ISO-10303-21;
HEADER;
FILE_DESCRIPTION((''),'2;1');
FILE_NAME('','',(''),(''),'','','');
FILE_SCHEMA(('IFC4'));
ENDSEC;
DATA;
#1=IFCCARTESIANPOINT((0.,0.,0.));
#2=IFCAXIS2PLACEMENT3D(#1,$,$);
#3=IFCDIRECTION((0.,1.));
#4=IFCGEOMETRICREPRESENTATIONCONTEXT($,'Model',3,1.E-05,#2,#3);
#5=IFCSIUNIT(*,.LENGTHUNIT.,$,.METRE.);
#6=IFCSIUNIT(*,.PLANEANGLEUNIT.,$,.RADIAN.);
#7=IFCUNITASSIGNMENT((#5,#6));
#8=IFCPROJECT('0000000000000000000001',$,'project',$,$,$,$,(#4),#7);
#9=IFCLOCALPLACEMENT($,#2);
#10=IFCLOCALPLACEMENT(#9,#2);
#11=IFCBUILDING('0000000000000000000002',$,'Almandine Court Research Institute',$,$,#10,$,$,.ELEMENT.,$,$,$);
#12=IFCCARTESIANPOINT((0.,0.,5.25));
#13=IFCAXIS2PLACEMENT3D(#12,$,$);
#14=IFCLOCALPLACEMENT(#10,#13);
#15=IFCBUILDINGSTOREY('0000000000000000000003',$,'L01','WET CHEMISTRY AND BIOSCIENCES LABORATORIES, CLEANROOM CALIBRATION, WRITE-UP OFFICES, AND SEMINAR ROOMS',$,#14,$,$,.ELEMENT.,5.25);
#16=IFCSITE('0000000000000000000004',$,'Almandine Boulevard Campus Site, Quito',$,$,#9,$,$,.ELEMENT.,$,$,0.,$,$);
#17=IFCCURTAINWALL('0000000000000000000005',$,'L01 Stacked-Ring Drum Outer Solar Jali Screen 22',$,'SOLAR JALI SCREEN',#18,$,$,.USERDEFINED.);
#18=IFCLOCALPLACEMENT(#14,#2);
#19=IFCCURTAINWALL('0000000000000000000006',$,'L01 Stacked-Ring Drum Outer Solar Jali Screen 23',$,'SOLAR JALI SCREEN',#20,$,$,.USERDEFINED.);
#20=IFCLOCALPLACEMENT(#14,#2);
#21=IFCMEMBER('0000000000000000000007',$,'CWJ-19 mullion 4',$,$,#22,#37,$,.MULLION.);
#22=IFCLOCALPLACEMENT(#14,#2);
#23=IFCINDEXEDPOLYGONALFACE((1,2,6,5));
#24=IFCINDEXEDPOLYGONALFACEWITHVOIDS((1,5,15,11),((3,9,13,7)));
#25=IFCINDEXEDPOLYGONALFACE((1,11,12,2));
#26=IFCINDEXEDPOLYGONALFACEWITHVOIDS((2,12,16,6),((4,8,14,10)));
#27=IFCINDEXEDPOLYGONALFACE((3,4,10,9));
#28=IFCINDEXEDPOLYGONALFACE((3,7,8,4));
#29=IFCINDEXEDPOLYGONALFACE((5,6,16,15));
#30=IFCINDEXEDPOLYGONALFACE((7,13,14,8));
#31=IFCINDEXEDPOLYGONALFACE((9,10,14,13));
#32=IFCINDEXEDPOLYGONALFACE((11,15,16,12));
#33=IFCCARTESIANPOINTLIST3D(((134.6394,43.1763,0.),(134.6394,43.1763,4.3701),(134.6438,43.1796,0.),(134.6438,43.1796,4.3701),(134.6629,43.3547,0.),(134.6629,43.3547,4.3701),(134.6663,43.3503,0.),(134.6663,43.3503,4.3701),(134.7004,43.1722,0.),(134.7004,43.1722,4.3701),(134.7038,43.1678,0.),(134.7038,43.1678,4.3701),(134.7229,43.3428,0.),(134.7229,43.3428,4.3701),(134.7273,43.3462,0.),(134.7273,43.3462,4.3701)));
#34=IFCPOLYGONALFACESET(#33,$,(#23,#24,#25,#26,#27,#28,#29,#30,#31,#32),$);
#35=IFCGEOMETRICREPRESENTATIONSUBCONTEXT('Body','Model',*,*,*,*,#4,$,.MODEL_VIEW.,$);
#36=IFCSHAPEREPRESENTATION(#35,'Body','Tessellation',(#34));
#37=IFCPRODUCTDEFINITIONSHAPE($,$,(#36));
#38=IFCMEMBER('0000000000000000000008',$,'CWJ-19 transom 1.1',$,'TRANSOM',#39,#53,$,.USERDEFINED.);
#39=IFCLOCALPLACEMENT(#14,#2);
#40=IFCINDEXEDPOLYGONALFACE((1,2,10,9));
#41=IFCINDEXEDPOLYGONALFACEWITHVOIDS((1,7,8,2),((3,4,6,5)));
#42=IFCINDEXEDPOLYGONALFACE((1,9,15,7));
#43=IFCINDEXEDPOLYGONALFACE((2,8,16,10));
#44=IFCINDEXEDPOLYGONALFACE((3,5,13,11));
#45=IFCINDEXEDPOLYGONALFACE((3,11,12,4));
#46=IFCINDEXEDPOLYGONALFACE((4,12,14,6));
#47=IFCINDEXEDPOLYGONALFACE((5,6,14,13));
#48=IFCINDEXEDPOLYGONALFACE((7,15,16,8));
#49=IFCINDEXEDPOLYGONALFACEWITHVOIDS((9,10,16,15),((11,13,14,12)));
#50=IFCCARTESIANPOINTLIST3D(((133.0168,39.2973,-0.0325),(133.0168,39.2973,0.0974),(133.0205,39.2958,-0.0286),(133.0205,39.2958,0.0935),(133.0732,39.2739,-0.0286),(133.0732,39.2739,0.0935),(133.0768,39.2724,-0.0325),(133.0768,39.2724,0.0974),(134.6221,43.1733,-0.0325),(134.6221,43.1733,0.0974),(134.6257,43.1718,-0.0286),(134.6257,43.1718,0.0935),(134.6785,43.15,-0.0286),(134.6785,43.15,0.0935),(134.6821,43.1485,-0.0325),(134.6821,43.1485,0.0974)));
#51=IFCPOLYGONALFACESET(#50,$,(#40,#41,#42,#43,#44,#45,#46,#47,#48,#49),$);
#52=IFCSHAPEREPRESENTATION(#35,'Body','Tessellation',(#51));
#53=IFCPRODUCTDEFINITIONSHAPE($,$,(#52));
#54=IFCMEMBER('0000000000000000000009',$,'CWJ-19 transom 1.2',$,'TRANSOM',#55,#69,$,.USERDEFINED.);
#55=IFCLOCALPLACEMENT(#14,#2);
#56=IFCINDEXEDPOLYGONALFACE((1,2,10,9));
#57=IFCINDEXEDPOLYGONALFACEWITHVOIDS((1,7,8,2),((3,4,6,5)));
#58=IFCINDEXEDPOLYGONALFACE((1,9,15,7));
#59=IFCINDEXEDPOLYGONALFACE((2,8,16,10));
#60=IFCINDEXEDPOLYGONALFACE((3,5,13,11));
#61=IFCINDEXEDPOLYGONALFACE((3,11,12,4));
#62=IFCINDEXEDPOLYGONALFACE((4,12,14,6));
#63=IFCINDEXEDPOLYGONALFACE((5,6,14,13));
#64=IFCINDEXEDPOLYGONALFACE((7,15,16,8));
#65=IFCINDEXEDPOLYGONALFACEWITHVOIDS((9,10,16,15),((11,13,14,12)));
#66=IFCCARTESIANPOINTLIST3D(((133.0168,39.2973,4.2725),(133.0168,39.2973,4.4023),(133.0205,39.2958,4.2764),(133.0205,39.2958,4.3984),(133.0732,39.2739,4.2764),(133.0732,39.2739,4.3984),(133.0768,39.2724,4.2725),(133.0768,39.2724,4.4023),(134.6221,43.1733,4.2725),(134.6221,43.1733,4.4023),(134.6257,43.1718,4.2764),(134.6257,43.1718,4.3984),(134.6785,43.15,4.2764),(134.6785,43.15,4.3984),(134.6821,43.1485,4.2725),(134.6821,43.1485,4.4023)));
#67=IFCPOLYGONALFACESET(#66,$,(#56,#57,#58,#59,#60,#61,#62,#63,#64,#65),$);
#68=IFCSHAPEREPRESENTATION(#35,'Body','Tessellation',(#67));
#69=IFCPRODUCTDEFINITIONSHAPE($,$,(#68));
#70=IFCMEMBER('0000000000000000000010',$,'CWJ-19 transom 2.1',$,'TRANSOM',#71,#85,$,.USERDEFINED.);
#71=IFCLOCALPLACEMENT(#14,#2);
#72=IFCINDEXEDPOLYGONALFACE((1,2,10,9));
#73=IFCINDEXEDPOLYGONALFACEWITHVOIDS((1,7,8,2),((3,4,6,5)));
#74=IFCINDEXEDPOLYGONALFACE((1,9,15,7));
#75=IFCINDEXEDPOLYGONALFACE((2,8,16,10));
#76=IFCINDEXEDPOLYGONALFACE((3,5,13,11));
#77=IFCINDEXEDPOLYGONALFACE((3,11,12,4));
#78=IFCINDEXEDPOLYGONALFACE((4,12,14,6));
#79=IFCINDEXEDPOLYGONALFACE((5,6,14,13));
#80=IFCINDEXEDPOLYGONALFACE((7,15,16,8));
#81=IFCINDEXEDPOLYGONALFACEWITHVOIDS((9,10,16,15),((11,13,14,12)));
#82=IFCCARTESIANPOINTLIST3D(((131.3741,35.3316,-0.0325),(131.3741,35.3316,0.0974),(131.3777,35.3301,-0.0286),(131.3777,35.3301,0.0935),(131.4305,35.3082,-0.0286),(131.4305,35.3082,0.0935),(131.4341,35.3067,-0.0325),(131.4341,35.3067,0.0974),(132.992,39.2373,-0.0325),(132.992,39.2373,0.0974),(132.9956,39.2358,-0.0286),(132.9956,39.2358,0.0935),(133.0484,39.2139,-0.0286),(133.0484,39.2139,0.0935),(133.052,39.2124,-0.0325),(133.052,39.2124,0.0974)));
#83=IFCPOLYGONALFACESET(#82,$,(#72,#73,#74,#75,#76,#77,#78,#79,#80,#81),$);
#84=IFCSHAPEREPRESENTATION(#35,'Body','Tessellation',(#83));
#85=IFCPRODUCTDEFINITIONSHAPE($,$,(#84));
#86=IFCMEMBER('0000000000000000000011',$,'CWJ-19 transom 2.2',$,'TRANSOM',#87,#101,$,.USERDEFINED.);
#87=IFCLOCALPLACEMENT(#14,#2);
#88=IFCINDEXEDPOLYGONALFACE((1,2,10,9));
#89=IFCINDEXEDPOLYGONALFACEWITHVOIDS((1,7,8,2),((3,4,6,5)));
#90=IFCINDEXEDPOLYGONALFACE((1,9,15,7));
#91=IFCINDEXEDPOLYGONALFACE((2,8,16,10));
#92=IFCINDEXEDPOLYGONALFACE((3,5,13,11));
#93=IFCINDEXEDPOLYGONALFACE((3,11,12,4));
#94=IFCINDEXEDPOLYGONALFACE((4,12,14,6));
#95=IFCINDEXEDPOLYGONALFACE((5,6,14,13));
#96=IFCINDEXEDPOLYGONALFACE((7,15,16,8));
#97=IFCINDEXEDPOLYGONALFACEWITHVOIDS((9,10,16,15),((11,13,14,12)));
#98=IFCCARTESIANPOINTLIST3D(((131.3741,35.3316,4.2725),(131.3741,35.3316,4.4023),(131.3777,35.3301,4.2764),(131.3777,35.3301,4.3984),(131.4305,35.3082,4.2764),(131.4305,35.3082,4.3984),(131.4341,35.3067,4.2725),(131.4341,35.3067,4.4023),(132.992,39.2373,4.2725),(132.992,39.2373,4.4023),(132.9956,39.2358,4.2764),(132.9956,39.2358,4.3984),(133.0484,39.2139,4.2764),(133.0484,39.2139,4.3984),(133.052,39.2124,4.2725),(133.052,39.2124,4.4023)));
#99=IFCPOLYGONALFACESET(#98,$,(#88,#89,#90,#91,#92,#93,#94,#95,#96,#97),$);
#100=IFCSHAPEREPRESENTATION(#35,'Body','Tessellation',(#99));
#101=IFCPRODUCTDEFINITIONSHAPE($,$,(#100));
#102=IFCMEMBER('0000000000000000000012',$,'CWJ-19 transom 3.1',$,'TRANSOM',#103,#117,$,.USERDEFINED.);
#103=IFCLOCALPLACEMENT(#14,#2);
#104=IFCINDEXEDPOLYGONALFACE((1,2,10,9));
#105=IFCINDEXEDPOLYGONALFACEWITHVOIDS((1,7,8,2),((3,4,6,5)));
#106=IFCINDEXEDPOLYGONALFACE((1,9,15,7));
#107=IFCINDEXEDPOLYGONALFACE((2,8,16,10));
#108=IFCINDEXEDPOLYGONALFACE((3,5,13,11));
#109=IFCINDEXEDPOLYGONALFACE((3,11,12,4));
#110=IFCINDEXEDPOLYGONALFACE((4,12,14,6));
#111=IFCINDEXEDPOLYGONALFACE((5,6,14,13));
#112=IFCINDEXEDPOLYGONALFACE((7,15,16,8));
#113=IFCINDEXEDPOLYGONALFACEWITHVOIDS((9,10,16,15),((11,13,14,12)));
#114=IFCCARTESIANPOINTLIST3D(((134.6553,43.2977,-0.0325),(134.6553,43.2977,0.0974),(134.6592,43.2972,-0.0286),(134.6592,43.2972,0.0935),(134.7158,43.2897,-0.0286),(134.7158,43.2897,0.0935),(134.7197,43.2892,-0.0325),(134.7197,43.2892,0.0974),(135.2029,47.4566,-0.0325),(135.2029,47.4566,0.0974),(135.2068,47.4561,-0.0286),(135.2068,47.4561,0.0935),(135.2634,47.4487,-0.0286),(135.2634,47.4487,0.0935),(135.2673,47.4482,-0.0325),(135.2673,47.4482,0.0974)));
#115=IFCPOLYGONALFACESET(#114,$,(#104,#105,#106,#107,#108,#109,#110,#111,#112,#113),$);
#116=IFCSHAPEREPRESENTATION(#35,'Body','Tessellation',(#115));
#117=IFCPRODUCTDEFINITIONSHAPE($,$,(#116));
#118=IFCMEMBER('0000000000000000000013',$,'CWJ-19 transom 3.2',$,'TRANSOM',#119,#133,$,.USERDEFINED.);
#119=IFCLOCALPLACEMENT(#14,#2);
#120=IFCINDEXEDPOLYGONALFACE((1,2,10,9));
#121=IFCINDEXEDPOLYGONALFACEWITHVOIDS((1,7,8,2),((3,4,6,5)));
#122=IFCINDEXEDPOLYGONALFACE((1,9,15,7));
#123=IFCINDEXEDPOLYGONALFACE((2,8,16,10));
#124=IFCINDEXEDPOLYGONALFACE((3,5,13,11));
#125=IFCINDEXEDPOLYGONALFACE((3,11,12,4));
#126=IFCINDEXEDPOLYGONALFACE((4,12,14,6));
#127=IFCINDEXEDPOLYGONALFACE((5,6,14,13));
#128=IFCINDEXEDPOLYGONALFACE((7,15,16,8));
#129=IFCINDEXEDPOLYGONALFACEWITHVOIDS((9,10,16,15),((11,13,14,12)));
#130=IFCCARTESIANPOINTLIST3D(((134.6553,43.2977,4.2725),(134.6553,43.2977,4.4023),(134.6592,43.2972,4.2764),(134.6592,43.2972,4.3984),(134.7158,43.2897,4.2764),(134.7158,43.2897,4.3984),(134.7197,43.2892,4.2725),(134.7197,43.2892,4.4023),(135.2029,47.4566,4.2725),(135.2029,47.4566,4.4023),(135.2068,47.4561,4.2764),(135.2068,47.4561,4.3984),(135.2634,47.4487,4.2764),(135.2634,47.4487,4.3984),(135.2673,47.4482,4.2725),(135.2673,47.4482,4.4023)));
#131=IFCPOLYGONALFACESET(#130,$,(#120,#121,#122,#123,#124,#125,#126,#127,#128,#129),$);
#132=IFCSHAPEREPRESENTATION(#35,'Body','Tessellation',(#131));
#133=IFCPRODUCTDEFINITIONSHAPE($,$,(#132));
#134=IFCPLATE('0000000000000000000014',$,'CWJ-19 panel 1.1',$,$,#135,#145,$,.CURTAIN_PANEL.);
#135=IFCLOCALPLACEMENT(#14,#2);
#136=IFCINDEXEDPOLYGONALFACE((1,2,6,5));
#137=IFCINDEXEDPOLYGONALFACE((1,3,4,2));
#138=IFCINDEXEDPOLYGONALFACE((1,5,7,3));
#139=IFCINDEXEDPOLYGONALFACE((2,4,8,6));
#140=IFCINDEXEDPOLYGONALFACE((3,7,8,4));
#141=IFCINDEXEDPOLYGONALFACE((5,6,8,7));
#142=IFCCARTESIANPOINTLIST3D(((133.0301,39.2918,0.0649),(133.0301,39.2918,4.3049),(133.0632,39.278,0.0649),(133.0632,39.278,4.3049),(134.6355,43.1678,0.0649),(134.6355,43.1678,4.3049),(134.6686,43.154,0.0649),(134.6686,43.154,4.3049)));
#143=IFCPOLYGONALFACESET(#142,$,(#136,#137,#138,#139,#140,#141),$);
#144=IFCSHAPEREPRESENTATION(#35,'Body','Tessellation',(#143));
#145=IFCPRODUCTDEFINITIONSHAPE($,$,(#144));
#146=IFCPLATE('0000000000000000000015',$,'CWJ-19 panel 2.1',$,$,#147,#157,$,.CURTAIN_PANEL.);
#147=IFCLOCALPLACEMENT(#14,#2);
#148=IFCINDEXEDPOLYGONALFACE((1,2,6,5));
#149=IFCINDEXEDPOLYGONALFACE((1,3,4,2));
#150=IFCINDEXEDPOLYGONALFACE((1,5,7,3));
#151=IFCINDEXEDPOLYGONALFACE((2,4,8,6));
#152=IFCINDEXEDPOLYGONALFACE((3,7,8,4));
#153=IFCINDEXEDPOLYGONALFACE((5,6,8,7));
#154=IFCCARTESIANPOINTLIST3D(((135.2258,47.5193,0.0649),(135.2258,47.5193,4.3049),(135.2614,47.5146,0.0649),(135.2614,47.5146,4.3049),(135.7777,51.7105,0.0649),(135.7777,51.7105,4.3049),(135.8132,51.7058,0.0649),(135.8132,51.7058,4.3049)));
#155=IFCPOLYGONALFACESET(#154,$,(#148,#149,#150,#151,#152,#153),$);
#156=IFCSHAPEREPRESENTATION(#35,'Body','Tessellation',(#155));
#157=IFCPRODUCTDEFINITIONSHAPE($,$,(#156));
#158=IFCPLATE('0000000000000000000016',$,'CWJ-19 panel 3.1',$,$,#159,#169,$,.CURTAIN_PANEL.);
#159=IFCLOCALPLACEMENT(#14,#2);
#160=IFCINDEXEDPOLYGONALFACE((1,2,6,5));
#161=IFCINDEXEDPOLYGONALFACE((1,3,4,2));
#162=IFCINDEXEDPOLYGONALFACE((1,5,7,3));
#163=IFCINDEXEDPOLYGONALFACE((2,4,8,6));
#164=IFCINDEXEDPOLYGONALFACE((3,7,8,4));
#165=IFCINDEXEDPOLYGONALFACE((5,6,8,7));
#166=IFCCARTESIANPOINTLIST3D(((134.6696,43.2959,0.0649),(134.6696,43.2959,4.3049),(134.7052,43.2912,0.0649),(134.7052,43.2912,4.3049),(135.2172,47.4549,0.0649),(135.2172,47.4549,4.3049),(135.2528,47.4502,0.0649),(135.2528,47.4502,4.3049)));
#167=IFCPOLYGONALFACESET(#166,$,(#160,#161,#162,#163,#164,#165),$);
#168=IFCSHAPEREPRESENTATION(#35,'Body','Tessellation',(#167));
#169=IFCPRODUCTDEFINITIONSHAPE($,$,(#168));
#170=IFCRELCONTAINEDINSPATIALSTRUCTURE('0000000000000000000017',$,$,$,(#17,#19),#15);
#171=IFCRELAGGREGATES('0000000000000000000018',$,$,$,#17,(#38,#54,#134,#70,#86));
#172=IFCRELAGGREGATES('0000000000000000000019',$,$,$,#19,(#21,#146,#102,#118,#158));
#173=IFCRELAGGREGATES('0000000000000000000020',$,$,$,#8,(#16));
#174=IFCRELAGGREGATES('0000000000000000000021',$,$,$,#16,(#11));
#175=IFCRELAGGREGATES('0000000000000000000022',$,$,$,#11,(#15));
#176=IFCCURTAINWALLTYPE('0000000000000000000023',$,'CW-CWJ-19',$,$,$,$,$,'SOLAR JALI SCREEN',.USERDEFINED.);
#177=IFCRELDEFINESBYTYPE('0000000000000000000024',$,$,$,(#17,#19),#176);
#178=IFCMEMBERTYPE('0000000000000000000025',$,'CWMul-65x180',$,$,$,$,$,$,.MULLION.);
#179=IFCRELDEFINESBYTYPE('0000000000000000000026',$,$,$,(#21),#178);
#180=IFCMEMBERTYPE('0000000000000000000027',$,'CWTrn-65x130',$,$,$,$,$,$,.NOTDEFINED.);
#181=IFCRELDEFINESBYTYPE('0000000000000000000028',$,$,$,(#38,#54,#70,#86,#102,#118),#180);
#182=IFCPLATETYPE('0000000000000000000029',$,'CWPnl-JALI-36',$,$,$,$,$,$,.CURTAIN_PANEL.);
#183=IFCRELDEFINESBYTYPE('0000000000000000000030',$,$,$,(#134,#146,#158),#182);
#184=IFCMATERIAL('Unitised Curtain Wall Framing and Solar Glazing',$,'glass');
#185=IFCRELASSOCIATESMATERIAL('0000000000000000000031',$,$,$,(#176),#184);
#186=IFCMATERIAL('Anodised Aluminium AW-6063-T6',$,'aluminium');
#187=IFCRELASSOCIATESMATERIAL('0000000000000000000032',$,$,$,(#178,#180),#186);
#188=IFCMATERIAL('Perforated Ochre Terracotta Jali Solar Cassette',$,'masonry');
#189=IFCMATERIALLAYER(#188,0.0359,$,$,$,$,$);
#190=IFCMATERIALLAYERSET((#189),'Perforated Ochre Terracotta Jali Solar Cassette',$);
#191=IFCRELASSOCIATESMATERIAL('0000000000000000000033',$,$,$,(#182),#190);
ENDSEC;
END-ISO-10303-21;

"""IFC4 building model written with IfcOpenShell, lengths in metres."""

from ifc_helpers import new_model, si_unit, direction, frame, origin, origin_2d, place, context, subcontext, project, spatial, rectangle, hollow_rectangle, extrude, material, layer, layer_set, material_profile, profile_set, type_object, element, aggregate, save


model = new_model("IFC4")

# Units and contexts
model_context = context("Model", 3, precision=1e-05, world=origin(), true_north=direction((0.0, 1.0)))
body_context = subcontext(model_context, "Body", "Model", "MODEL_VIEW")
ifc_project = project(units=[si_unit("LENGTHUNIT", "METRE"), si_unit("PLANEANGLEUNIT", "RADIAN")], contexts=[model_context])

# Site, building, storey
site_placement = place(None, origin())
site = spatial("IfcSite", under=ifc_project, at=site_placement, Name="Almandine Boulevard Campus Site, Quito", CompositionType="ELEMENT", RefElevation=0.0)
building_placement = place(site_placement, origin())
building = spatial("IfcBuilding", under=site, at=building_placement, Name="Almandine Court Research Institute", CompositionType="ELEMENT")
storey_placement = place(building_placement, frame((0.0, 0.0, 5.25)))
storey = spatial("IfcBuildingStorey", under=building, at=storey_placement, Name="L01", Description="WET CHEMISTRY AND BIOSCIENCES LABORATORIES, CLEANROOM CALIBRATION, WRITE-UP OFFICES, AND SEMINAR ROOMS", CompositionType="ELEMENT", Elevation=5.25)

# Curtain walls, member
ifc_material_1 = material(Name="Unitised Curtain Wall Framing and Solar Glazing", Category="glass")
curtain_wall_type = type_object("IfcCurtainWallType", Name="CW-CWJ-19", ElementType="SOLAR JALI SCREEN", PredefinedType="USERDEFINED", material=ifc_material_1)
curtain_wall_1_placement = place(storey_placement, origin())
curtain_wall_1 = element("IfcCurtainWall", 1, at=curtain_wall_1_placement, inside=storey, type_object=curtain_wall_type, Name="L01 Stacked-Ring Drum Outer Solar Jali Screen 22", ObjectType="SOLAR JALI SCREEN", PredefinedType="USERDEFINED")
ifc_material_2 = material(Name="Anodised Aluminium AW-6063-T6", Category="aluminium")
ifc_material_profile_1 = material_profile(ifc_material_2, hollow_rectangle(XDim=0.0649, YDim=0.1799, WallThickness=0.0039, at=origin_2d()), Name="ALU RHS 65x180x4")
ifc_profile_set_1 = profile_set([ifc_material_profile_1], Name="Anodised Aluminium AW-6063-T6")
member_type_1 = type_object("IfcMemberType", Name="CWMul-65x180", PredefinedType="MULLION", material=ifc_profile_set_1)
curtain_wall_2_placement = place(storey_placement, origin())
curtain_wall_2 = element("IfcCurtainWall", 2, at=curtain_wall_2_placement, inside=storey, type_object=curtain_wall_type, Name="L01 Stacked-Ring Drum Outer Solar Jali Screen 23", ObjectType="SOLAR JALI SCREEN", PredefinedType="USERDEFINED")
member_1_placement = place(storey_placement, frame((134.6833, 43.2612, 0.0), z_axis=(0.0, 0.0, 1.0), x_axis=(0.991443, -0.130541, 0.0)))
member_1 = element("IfcMember", 3, at=member_1_placement, type_object=member_type_1, Name="CWJ-19 mullion 4", PredefinedType="MULLION", context=body_context, shape_type="SweptSolid", body=[
    extrude(hollow_rectangle(XDim=0.0649, YDim=0.1799, WallThickness=0.0039, at=origin_2d()), origin(), (0.0, 0.0, 1.0), 4.3701),
])

# Members
ifc_material_profile_2 = material_profile(ifc_material_2, hollow_rectangle(XDim=0.0649, YDim=0.1299, WallThickness=0.0039, at=origin_2d()), Name="ALU RHS 65x130x4")
ifc_profile_set_2 = profile_set([ifc_material_profile_2], Name="Anodised Aluminium AW-6063-T6")
member_type_2 = type_object("IfcMemberType", Name="CWTrn-65x130", PredefinedType="NOTDEFINED", material=ifc_profile_set_2)
member_2_placement = place(storey_placement, frame((134.6521, 43.1609, 0.0325), z_axis=(-0.382631, -0.923901, 0.0), x_axis=(0.923901, -0.382631, 0.0)))
member_2 = element("IfcMember", 4, at=member_2_placement, type_object=member_type_2, Name="CWJ-19 transom 1.1", ObjectType="TRANSOM", PredefinedType="USERDEFINED", context=body_context, shape_type="SweptSolid", body=[
    extrude(hollow_rectangle(XDim=0.0649, YDim=0.1299, WallThickness=0.0039, at=origin_2d()), origin(), (0.0, 0.0, 1.0), 4.1953),
])
member_3_placement = place(storey_placement, frame((134.6521, 43.1609, 4.3374), z_axis=(-0.382631, -0.923901, 0.0), x_axis=(0.923901, -0.382631, 0.0)))
member_3 = element("IfcMember", 5, at=member_3_placement, type_object=member_type_2, Name="CWJ-19 transom 1.2", ObjectType="TRANSOM", PredefinedType="USERDEFINED", context=body_context, shape_type="SweptSolid", body=[
    extrude(hollow_rectangle(XDim=0.0649, YDim=0.1299, WallThickness=0.0039, at=origin_2d()), origin(), (0.0, 0.0, 1.0), 4.1953),
])
member_4_placement = place(storey_placement, frame((133.022, 39.2249, 0.0325), z_axis=(-0.382704, -0.923871, 0.0), x_axis=(0.923871, -0.382704, 0.0)))
member_4 = element("IfcMember", 6, at=member_4_placement, type_object=member_type_2, Name="CWJ-19 transom 2.1", ObjectType="TRANSOM", PredefinedType="USERDEFINED", context=body_context, shape_type="SweptSolid", body=[
    extrude(hollow_rectangle(XDim=0.0649, YDim=0.1299, WallThickness=0.0039, at=origin_2d()), origin(), (0.0, 0.0, 1.0), 4.2275),
])
member_5_placement = place(storey_placement, frame((133.022, 39.2249, 4.3374), z_axis=(-0.382704, -0.923871, 0.0), x_axis=(0.923871, -0.382704, 0.0)))
member_5 = element("IfcMember", 7, at=member_5_placement, type_object=member_type_2, Name="CWJ-19 transom 2.2", ObjectType="TRANSOM", PredefinedType="USERDEFINED", context=body_context, shape_type="SweptSolid", body=[
    extrude(hollow_rectangle(XDim=0.0649, YDim=0.1299, WallThickness=0.0039, at=origin_2d()), origin(), (0.0, 0.0, 1.0), 4.2275),
])
member_6_placement = place(storey_placement, frame((135.2351, 47.4524, 0.0325), z_axis=(-0.130543, -0.991443, 0.0), x_axis=(0.991443, -0.130543, 0.0)))
member_6 = element("IfcMember", 8, at=member_6_placement, type_object=member_type_2, Name="CWJ-19 transom 3.1", ObjectType="TRANSOM", PredefinedType="USERDEFINED", context=body_context, shape_type="SweptSolid", body=[
    extrude(hollow_rectangle(XDim=0.0649, YDim=0.1299, WallThickness=0.0039, at=origin_2d()), origin(), (0.0, 0.0, 1.0), 4.1948),
])
member_7_placement = place(storey_placement, frame((135.2351, 47.4524, 4.3374), z_axis=(-0.130543, -0.991443, 0.0), x_axis=(0.991443, -0.130543, 0.0)))
member_7 = element("IfcMember", 9, at=member_7_placement, type_object=member_type_2, Name="CWJ-19 transom 3.2", ObjectType="TRANSOM", PredefinedType="USERDEFINED", context=body_context, shape_type="SweptSolid", body=[
    extrude(hollow_rectangle(XDim=0.0649, YDim=0.1299, WallThickness=0.0039, at=origin_2d()), origin(), (0.0, 0.0, 1.0), 4.1948),
])

# Plates
ifc_material_3 = material(Name="Perforated Ochre Terracotta Jali Solar Cassette", Category="masonry")
ifc_layer_1 = layer(ifc_material_3, 0.0359)
ifc_layer_set_1 = layer_set([ifc_layer_1], Name="Perforated Ochre Terracotta Jali Solar Cassette")
plate_type = type_object("IfcPlateType", Name="CWPnl-JALI-36", PredefinedType="CURTAIN_PANEL", material=ifc_layer_set_1)
plate_1_placement = place(storey_placement, frame((133.8494, 41.2229, 0.0649), z_axis=(0.0, 0.0, 1.0), x_axis=(-0.382663, -0.923888, 0.0)))
plate_1 = element("IfcPlate", 10, at=plate_1_placement, type_object=plate_type, Name="CWJ-19 panel 1.1", PredefinedType="CURTAIN_PANEL", context=body_context, shape_type="SweptSolid", body=[
    extrude(rectangle(XDim=4.1953, YDim=0.0359, at=origin_2d()), origin(), (0.0, 0.0, 1.0), 4.24),
])
aggregate(curtain_wall_1, [member_2, member_3, plate_1, member_4, member_5])
plate_2_placement = place(storey_placement, frame((135.5195, 49.6125, 0.0649), z_axis=(0.0, 0.0, 1.0), x_axis=(-0.130541, -0.991443, 0.0)))
plate_2 = element("IfcPlate", 11, at=plate_2_placement, type_object=plate_type, Name="CWJ-19 panel 2.1", PredefinedType="CURTAIN_PANEL", context=body_context, shape_type="SweptSolid", body=[
    extrude(rectangle(XDim=4.2273, YDim=0.0359, at=origin_2d()), origin(), (0.0, 0.0, 1.0), 4.24),
])
plate_3_placement = place(storey_placement, frame((134.9612, 45.373, 0.0649), z_axis=(0.0, 0.0, 1.0), x_axis=(-0.130541, -0.991443, 0.0)))
plate_3 = element("IfcPlate", 12, at=plate_3_placement, type_object=plate_type, Name="CWJ-19 panel 3.1", PredefinedType="CURTAIN_PANEL", context=body_context, shape_type="SweptSolid", body=[
    extrude(rectangle(XDim=4.1948, YDim=0.0359, at=origin_2d()), origin(), (0.0, 0.0, 1.0), 4.24),
])
aggregate(curtain_wall_2, [member_1, plate_2, member_6, member_7, plate_3])

save(model, "model.ifc")
